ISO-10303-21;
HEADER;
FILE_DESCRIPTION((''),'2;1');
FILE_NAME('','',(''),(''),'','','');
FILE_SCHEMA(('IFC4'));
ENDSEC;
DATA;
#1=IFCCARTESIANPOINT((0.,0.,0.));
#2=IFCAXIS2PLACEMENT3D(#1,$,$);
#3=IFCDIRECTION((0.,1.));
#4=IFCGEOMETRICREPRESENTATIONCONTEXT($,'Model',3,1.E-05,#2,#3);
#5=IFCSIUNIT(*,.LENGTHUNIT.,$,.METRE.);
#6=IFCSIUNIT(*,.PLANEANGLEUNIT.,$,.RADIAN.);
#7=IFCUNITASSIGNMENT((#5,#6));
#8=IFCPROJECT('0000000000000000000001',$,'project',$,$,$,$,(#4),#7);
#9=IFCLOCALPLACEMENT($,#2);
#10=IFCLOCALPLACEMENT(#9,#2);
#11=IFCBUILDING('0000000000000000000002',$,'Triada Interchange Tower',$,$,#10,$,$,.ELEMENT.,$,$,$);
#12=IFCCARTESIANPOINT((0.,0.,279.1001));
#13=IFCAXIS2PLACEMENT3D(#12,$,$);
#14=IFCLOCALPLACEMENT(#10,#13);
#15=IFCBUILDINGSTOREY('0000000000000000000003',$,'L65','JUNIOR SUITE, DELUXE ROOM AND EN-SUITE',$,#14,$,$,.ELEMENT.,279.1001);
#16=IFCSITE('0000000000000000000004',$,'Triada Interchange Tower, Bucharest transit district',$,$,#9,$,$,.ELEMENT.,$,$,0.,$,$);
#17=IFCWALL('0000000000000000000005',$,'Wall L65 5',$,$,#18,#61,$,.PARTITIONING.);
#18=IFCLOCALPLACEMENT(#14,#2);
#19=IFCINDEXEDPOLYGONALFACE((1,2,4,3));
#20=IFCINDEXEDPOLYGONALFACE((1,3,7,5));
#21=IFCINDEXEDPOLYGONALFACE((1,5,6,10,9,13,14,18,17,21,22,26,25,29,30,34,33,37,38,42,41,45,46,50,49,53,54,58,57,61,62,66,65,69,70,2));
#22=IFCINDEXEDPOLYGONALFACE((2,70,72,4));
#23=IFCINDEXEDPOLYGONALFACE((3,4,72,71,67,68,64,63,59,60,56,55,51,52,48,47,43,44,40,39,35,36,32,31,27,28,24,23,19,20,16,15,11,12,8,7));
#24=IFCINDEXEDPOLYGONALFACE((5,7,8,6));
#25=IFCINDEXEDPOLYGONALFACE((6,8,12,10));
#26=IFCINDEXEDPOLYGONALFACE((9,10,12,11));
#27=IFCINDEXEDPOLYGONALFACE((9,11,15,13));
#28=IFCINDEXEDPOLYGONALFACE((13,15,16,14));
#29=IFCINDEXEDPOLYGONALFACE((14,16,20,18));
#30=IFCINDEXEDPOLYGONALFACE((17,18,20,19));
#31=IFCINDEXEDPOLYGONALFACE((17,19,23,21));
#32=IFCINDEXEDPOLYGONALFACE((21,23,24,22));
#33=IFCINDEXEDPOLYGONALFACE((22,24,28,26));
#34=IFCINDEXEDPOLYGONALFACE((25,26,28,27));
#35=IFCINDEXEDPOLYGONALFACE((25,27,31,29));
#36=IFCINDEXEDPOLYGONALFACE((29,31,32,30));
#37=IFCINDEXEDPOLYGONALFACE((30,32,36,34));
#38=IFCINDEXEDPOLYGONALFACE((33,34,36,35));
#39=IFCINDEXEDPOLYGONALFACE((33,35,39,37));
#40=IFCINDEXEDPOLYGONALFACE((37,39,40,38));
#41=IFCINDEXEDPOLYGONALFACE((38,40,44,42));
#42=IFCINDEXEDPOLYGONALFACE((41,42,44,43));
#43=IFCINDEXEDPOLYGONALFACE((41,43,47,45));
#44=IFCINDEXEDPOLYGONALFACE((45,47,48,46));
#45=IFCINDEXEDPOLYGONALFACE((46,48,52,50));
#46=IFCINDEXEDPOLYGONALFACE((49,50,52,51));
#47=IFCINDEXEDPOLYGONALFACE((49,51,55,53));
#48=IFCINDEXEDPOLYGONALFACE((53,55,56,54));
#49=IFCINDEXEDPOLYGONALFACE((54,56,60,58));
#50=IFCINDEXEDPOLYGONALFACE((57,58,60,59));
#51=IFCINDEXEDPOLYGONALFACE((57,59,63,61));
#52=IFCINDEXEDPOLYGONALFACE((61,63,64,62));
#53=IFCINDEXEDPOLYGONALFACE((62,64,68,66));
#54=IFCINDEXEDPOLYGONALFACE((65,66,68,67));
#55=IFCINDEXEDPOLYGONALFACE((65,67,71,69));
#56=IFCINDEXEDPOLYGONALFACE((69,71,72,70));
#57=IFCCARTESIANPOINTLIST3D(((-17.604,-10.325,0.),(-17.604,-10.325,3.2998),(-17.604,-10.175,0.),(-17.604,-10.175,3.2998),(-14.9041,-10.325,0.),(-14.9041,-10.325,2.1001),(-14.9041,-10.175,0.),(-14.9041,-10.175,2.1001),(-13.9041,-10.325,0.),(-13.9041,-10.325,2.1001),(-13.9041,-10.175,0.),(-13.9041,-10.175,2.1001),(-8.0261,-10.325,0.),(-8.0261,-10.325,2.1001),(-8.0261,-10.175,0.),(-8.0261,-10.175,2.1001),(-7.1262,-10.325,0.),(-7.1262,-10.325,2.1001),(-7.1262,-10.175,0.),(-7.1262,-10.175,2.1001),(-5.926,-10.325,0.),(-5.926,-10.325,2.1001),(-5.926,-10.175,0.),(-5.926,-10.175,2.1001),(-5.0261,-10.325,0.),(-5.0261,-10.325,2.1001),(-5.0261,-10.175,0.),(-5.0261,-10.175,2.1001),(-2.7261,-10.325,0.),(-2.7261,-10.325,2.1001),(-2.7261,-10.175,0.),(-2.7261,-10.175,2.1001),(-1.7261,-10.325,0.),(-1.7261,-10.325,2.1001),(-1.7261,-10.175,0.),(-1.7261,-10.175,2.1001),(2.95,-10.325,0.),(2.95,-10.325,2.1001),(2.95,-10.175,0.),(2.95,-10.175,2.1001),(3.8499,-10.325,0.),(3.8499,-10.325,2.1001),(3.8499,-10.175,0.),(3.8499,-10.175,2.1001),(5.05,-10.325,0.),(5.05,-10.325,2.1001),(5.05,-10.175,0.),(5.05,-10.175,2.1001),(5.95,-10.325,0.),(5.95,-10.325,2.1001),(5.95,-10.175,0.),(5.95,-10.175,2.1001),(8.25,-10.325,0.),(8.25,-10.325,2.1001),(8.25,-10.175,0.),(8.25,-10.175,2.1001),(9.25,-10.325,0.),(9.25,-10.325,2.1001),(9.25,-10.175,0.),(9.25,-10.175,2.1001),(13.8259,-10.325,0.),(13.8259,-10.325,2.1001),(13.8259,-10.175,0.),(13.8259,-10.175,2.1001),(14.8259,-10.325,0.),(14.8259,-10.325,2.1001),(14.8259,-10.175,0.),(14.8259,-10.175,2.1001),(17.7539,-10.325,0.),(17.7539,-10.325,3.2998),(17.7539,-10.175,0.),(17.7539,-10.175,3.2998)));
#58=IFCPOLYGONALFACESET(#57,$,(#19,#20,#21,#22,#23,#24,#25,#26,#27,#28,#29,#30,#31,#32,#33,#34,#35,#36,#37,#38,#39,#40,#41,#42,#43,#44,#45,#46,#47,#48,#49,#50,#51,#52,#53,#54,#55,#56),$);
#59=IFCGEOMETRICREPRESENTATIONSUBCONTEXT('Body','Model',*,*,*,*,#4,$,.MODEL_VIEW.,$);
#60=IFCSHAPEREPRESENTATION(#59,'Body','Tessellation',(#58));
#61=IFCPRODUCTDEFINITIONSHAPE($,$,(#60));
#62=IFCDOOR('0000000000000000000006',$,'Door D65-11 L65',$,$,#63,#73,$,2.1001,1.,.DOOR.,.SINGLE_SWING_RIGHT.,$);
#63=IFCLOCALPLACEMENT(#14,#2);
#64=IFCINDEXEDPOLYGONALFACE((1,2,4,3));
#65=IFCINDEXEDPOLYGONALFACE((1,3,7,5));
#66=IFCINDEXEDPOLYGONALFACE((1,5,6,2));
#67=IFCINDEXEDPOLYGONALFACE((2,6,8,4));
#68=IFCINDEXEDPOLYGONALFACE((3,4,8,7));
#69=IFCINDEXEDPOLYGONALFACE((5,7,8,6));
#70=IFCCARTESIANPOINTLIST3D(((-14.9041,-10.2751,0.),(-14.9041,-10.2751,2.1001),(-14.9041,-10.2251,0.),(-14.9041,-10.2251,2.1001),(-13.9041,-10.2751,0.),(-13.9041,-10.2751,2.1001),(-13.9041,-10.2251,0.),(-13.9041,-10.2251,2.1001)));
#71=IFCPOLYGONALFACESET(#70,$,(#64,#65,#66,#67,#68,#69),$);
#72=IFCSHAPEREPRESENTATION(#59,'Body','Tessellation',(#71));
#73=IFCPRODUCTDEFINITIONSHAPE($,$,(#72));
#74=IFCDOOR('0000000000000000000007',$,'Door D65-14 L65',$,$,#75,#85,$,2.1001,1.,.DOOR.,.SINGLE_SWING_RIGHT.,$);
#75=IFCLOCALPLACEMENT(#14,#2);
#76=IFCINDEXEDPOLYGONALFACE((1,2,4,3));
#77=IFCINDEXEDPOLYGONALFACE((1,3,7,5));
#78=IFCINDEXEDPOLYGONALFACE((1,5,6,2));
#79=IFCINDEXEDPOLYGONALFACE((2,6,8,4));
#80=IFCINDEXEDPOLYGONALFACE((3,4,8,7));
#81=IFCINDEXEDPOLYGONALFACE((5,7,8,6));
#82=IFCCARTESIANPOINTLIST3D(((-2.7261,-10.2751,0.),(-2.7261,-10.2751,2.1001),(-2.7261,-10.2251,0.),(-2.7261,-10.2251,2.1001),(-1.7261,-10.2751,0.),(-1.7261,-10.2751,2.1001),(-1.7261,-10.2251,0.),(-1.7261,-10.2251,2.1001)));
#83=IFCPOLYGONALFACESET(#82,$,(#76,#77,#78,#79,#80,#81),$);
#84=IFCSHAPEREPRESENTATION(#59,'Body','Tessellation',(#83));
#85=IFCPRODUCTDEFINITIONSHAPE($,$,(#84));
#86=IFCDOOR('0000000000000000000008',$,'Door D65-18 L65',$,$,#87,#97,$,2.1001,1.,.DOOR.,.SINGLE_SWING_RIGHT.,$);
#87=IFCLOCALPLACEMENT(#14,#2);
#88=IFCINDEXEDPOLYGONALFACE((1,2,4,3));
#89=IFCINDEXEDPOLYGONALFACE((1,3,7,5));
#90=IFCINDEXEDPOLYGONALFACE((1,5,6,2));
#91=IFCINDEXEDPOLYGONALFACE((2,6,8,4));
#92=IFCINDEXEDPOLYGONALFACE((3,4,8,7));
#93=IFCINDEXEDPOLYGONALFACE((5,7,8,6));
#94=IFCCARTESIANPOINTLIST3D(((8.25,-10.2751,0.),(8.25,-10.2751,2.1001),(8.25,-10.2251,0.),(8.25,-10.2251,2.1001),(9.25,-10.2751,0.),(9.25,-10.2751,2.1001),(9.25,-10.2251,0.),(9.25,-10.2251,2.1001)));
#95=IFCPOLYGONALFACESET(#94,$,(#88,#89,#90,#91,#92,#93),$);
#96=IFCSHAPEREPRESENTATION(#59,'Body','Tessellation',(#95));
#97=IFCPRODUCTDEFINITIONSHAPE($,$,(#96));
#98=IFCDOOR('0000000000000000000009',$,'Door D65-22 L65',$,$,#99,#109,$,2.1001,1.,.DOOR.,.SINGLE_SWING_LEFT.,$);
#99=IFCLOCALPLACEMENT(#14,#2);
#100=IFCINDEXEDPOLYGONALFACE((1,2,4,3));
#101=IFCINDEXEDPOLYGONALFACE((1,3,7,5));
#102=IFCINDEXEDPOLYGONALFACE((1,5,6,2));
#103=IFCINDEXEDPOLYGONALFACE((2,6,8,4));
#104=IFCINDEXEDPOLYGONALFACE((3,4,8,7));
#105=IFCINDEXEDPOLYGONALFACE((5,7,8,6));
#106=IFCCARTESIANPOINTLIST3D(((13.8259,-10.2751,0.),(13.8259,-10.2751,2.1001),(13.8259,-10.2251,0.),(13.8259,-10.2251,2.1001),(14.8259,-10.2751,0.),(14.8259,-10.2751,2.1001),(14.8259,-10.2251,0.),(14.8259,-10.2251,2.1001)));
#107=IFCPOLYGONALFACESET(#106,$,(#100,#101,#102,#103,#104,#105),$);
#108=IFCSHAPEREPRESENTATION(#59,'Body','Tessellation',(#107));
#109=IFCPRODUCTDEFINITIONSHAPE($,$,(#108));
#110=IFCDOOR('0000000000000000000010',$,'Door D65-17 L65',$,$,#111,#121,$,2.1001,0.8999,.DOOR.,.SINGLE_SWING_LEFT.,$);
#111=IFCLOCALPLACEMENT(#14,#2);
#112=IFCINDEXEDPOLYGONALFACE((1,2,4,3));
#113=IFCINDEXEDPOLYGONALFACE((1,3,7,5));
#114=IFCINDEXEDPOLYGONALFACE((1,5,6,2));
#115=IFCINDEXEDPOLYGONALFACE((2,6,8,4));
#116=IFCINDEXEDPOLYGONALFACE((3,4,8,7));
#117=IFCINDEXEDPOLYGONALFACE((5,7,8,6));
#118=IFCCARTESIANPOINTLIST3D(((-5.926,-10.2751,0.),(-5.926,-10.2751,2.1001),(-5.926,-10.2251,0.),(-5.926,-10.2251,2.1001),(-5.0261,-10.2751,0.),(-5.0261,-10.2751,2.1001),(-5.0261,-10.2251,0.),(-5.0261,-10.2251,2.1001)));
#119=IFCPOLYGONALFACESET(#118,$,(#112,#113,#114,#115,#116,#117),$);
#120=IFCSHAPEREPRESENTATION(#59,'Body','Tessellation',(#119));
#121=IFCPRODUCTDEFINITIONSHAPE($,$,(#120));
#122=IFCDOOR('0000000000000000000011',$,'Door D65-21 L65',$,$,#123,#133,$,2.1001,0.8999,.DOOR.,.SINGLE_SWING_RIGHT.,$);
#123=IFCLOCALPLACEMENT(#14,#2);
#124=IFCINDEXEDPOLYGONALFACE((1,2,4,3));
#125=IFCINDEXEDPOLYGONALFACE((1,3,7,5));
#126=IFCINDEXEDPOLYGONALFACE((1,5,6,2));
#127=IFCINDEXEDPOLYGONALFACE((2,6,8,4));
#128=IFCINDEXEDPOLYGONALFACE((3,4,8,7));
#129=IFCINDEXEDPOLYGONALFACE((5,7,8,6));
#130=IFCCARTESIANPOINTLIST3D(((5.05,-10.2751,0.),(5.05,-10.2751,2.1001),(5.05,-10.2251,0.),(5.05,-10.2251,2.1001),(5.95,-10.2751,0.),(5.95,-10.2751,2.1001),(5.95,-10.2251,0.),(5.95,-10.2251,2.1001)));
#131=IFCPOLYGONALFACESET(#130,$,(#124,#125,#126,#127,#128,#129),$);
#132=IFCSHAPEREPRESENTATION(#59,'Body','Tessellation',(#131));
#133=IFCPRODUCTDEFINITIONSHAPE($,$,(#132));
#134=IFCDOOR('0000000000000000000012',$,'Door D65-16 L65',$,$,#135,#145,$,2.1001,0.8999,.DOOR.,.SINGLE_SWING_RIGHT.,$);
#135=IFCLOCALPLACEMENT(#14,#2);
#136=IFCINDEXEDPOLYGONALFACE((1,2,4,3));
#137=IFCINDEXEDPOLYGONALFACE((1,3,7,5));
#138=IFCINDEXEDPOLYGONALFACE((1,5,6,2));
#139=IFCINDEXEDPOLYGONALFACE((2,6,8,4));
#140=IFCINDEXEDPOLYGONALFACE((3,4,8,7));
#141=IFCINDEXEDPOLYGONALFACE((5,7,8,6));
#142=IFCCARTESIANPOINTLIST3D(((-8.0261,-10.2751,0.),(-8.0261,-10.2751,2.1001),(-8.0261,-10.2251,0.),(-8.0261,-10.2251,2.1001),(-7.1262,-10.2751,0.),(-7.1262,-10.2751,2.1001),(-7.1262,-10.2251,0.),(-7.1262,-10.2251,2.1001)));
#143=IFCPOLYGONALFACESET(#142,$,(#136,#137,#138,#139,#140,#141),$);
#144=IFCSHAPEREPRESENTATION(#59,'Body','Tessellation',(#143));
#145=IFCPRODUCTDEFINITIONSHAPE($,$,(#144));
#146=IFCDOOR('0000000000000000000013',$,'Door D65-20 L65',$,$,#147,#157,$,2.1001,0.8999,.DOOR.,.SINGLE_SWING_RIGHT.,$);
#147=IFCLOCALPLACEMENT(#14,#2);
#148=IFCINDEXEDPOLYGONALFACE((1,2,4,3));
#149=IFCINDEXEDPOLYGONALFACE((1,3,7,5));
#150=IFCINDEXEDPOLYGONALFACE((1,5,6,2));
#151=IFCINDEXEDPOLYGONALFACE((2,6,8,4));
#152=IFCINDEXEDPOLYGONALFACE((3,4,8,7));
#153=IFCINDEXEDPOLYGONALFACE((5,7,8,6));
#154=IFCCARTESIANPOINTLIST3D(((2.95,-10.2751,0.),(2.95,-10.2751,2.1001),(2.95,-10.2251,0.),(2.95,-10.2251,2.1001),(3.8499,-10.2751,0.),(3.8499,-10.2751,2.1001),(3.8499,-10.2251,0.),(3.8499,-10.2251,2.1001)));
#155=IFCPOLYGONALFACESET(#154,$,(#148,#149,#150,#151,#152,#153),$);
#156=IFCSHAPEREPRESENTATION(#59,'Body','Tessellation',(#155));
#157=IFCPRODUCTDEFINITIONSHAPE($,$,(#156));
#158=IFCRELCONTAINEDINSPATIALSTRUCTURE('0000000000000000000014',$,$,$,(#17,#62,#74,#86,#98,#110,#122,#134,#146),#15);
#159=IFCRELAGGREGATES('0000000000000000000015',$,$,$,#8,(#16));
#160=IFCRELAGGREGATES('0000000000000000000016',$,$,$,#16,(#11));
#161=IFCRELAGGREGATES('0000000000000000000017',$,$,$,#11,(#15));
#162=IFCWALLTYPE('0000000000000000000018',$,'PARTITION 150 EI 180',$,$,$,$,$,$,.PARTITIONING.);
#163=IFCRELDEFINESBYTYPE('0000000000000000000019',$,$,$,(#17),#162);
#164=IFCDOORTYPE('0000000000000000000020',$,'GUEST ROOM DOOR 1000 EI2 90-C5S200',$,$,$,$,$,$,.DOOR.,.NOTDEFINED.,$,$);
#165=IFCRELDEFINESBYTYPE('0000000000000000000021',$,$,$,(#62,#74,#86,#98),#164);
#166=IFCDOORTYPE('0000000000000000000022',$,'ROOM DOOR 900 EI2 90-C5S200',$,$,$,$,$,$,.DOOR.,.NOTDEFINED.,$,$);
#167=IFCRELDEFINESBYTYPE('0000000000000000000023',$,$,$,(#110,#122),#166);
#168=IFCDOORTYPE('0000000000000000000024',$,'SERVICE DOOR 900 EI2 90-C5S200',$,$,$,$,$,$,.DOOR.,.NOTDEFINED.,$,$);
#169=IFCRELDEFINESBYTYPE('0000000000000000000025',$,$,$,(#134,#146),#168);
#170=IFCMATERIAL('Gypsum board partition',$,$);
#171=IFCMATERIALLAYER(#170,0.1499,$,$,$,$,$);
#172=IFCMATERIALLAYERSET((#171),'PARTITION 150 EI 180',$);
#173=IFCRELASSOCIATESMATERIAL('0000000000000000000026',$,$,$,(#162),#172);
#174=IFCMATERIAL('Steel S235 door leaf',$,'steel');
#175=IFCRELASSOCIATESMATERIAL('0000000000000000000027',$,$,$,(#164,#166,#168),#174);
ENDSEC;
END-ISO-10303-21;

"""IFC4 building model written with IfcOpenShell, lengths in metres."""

from ifc_helpers import new_model, si_unit, direction, frame, frame_2d, origin, place, context, subcontext, project, spatial, rectangle, extrude, material, layer, layer_set, type_object, element, fill, save


model = new_model("IFC4")

# Units and contexts
model_context = context("Model", 3, precision=1e-05, world=origin(), true_north=direction((0.0, 1.0)))
body_context = subcontext(model_context, "Body", "Model", "MODEL_VIEW")
ifc_project = project(units=[si_unit("LENGTHUNIT", "METRE"), si_unit("PLANEANGLEUNIT", "RADIAN")], contexts=[model_context])

# Site, building, storey
site_placement = place(None, origin())
site = spatial("IfcSite", under=ifc_project, at=site_placement, Name="Triada Interchange Tower, Bucharest transit district", CompositionType="ELEMENT", RefElevation=0.0)
building_placement = place(site_placement, origin())
building = spatial("IfcBuilding", under=site, at=building_placement, Name="Triada Interchange Tower", CompositionType="ELEMENT")
storey_placement = place(building_placement, frame((0.0, 0.0, 279.1001)))
storey = spatial("IfcBuildingStorey", under=building, at=storey_placement, Name="L65", Description="JUNIOR SUITE, DELUXE ROOM AND EN-SUITE", CompositionType="ELEMENT", Elevation=279.1001)

# Wall, openings, doors
ifc_material_1 = material(Name="Gypsum board partition")
ifc_layer = layer(ifc_material_1, 0.1499)
ifc_layer_set = layer_set([ifc_layer], Name="PARTITION 150 EI 180")
wall_type = type_object("IfcWallType", Name="PARTITION 150 EI 180", PredefinedType="PARTITIONING", material=ifc_layer_set)
ifc_material_2 = material(Name="Steel S235 door leaf", Category="steel")
door_type_1 = type_object("IfcDoorType", Name="GUEST ROOM DOOR 1000 EI2 90-C5S200", OperationType="NOTDEFINED", PredefinedType="DOOR", material=ifc_material_2)
wall_1_placement = place(storey_placement, frame((-17.604, -10.25, 0.0), z_axis=(0.0, 0.0, 1.0), x_axis=(1.0, 0.0, 0.0)))
wall_1 = element("IfcWall", 1, at=wall_1_placement, inside=storey, type_object=wall_type, Name="Wall L65 5", PredefinedType="PARTITIONING", context=body_context, shape_type="SweptSolid", body=[
    extrude(rectangle(XDim=35.3579, YDim=0.1499, at=frame_2d((17.679, 0.0))), origin(), (0.0, 0.0, 1.0), 3.2998),
])
opening_1_placement = place(wall_1_placement, frame((2.7, 0.0, 0.0)))
opening_1 = element("IfcOpeningElement", 2, at=opening_1_placement, cuts=wall_1, PredefinedType="OPENING", context=body_context, shape_type="SweptSolid", body=[
    extrude(rectangle(XDim=1.0, YDim=2.1001, at=frame_2d((0.5, 1.05))), frame((0.0, 0.085, 0.0), z_axis=(0.0, -1.0, 0.0), x_axis=(1.0, 0.0, 0.0)), (0.0, 0.0, 1.0), 0.1699),
])
opening_2_placement = place(wall_1_placement, frame((14.8779, 0.0, 0.0)))
opening_2 = element("IfcOpeningElement", 3, at=opening_2_placement, cuts=wall_1, PredefinedType="OPENING", context=body_context, shape_type="SweptSolid", body=[
    extrude(rectangle(XDim=1.0, YDim=2.1001, at=frame_2d((0.5, 1.05))), frame((0.0, 0.085, 0.0), z_axis=(0.0, -1.0, 0.0), x_axis=(1.0, 0.0, 0.0)), (0.0, 0.0, 1.0), 0.1699),
])
opening_3_placement = place(wall_1_placement, frame((9.5779, 0.0, 0.0)))
opening_3 = element("IfcOpeningElement", 4, at=opening_3_placement, cuts=wall_1, PredefinedType="OPENING", context=body_context, shape_type="SweptSolid", body=[
    extrude(rectangle(XDim=0.8999, YDim=2.1001, at=frame_2d((0.45, 1.05))), frame((0.0, 0.085, 0.0), z_axis=(0.0, -1.0, 0.0), x_axis=(1.0, 0.0, 0.0)), (0.0, 0.0, 1.0), 0.1699),
])
opening_4_placement = place(wall_1_placement, frame((11.678, 0.0, 0.0)))
opening_4 = element("IfcOpeningElement", 5, at=opening_4_placement, cuts=wall_1, PredefinedType="OPENING", context=body_context, shape_type="SweptSolid", body=[
    extrude(rectangle(XDim=0.8999, YDim=2.1001, at=frame_2d((0.45, 1.05))), frame((0.0, 0.085, 0.0), z_axis=(0.0, -1.0, 0.0), x_axis=(1.0, 0.0, 0.0)), (0.0, 0.0, 1.0), 0.1699),
])
opening_5_placement = place(wall_1_placement, frame((25.854, 0.0, 0.0)))
opening_5 = element("IfcOpeningElement", 6, at=opening_5_placement, cuts=wall_1, PredefinedType="OPENING", context=body_context, shape_type="SweptSolid", body=[
    extrude(rectangle(XDim=1.0, YDim=2.1001, at=frame_2d((0.5, 1.05))), frame((0.0, 0.085, 0.0), z_axis=(0.0, -1.0, 0.0), x_axis=(1.0, 0.0, 0.0)), (0.0, 0.0, 1.0), 0.1699),
])
opening_6_placement = place(wall_1_placement, frame((20.554, 0.0, 0.0)))
opening_6 = element("IfcOpeningElement", 7, at=opening_6_placement, cuts=wall_1, PredefinedType="OPENING", context=body_context, shape_type="SweptSolid", body=[
    extrude(rectangle(XDim=0.8999, YDim=2.1001, at=frame_2d((0.45, 1.05))), frame((0.0, 0.085, 0.0), z_axis=(0.0, -1.0, 0.0), x_axis=(1.0, 0.0, 0.0)), (0.0, 0.0, 1.0), 0.1699),
])
opening_7_placement = place(wall_1_placement, frame((22.6541, 0.0, 0.0)))
opening_7 = element("IfcOpeningElement", 8, at=opening_7_placement, cuts=wall_1, PredefinedType="OPENING", context=body_context, shape_type="SweptSolid", body=[
    extrude(rectangle(XDim=0.8999, YDim=2.1001, at=frame_2d((0.45, 1.05))), frame((0.0, 0.085, 0.0), z_axis=(0.0, -1.0, 0.0), x_axis=(1.0, 0.0, 0.0)), (0.0, 0.0, 1.0), 0.1699),
])
opening_8_placement = place(wall_1_placement, frame((31.4299, 0.0, 0.0)))
opening_8 = element("IfcOpeningElement", 9, at=opening_8_placement, cuts=wall_1, PredefinedType="OPENING", context=body_context, shape_type="SweptSolid", body=[
    extrude(rectangle(XDim=1.0, YDim=2.1001, at=frame_2d((0.5, 1.05))), frame((0.0, 0.085, 0.0), z_axis=(0.0, -1.0, 0.0), x_axis=(1.0, 0.0, 0.0)), (0.0, 0.0, 1.0), 0.1699),
])
door_1_placement = place(opening_1_placement, origin())
door_1 = element("IfcDoor", 10, at=door_1_placement, inside=storey, type_object=door_type_1, Name="Door D65-11 L65", OperationType="SINGLE_SWING_RIGHT", OverallHeight=2.1001, OverallWidth=1.0, PredefinedType="DOOR", context=body_context, shape_type="SweptSolid", body=[
    extrude(rectangle(XDim=1.0, YDim=2.1001, at=frame_2d((0.5, 1.05))), frame((0.0, 0.0249, 0.0), z_axis=(0.0, -1.0, 0.0), x_axis=(1.0, 0.0, 0.0)), (0.0, 0.0, 1.0), 0.05),
])
fill(opening_1, door_1)
door_2_placement = place(opening_2_placement, origin())
door_2 = element("IfcDoor", 11, at=door_2_placement, inside=storey, type_object=door_type_1, Name="Door D65-14 L65", OperationType="SINGLE_SWING_RIGHT", OverallHeight=2.1001, OverallWidth=1.0, PredefinedType="DOOR", context=body_context, shape_type="SweptSolid", body=[
    extrude(rectangle(XDim=1.0, YDim=2.1001, at=frame_2d((0.5, 1.05))), frame((0.0, 0.0249, 0.0), z_axis=(0.0, -1.0, 0.0), x_axis=(1.0, 0.0, 0.0)), (0.0, 0.0, 1.0), 0.05),
])
fill(opening_2, door_2)
door_3_placement = place(opening_5_placement, origin())
door_3 = element("IfcDoor", 12, at=door_3_placement, inside=storey, type_object=door_type_1, Name="Door D65-18 L65", OperationType="SINGLE_SWING_RIGHT", OverallHeight=2.1001, OverallWidth=1.0, PredefinedType="DOOR", context=body_context, shape_type="SweptSolid", body=[
    extrude(rectangle(XDim=1.0, YDim=2.1001, at=frame_2d((0.5, 1.05))), frame((0.0, 0.0249, 0.0), z_axis=(0.0, -1.0, 0.0), x_axis=(1.0, 0.0, 0.0)), (0.0, 0.0, 1.0), 0.05),
])
fill(opening_5, door_3)
door_4_placement = place(opening_8_placement, origin())
door_4 = element("IfcDoor", 13, at=door_4_placement, inside=storey, type_object=door_type_1, Name="Door D65-22 L65", OperationType="SINGLE_SWING_LEFT", OverallHeight=2.1001, OverallWidth=1.0, PredefinedType="DOOR", context=body_context, shape_type="SweptSolid", body=[
    extrude(rectangle(XDim=1.0, YDim=2.1001, at=frame_2d((0.5, 1.05))), frame((0.0, 0.0249, 0.0), z_axis=(0.0, -1.0, 0.0), x_axis=(1.0, 0.0, 0.0)), (0.0, 0.0, 1.0), 0.05),
])
fill(opening_8, door_4)
door_type_2 = type_object("IfcDoorType", Name="ROOM DOOR 900 EI2 90-C5S200", OperationType="NOTDEFINED", PredefinedType="DOOR", material=ifc_material_2)
door_5_placement = place(opening_4_placement, origin())
door_5 = element("IfcDoor", 14, at=door_5_placement, inside=storey, type_object=door_type_2, Name="Door D65-17 L65", OperationType="SINGLE_SWING_LEFT", OverallHeight=2.1001, OverallWidth=0.8999, PredefinedType="DOOR", context=body_context, shape_type="SweptSolid", body=[
    extrude(rectangle(XDim=0.8999, YDim=2.1001, at=frame_2d((0.45, 1.05))), frame((0.0, 0.0249, 0.0), z_axis=(0.0, -1.0, 0.0), x_axis=(1.0, 0.0, 0.0)), (0.0, 0.0, 1.0), 0.05),
])
fill(opening_4, door_5)
door_6_placement = place(opening_7_placement, origin())
door_6 = element("IfcDoor", 15, at=door_6_placement, inside=storey, type_object=door_type_2, Name="Door D65-21 L65", OperationType="SINGLE_SWING_RIGHT", OverallHeight=2.1001, OverallWidth=0.8999, PredefinedType="DOOR", context=body_context, shape_type="SweptSolid", body=[
    extrude(rectangle(XDim=0.8999, YDim=2.1001, at=frame_2d((0.45, 1.05))), frame((0.0, 0.0249, 0.0), z_axis=(0.0, -1.0, 0.0), x_axis=(1.0, 0.0, 0.0)), (0.0, 0.0, 1.0), 0.05),
])
fill(opening_7, door_6)
door_type_3 = type_object("IfcDoorType", Name="SERVICE DOOR 900 EI2 90-C5S200", OperationType="NOTDEFINED", PredefinedType="DOOR", material=ifc_material_2)
door_7_placement = place(opening_3_placement, origin())
door_7 = element("IfcDoor", 16, at=door_7_placement, inside=storey, type_object=door_type_3, Name="Door D65-16 L65", OperationType="SINGLE_SWING_RIGHT", OverallHeight=2.1001, OverallWidth=0.8999, PredefinedType="DOOR", context=body_context, shape_type="SweptSolid", body=[
    extrude(rectangle(XDim=0.8999, YDim=2.1001, at=frame_2d((0.45, 1.05))), frame((0.0, 0.0249, 0.0), z_axis=(0.0, -1.0, 0.0), x_axis=(1.0, 0.0, 0.0)), (0.0, 0.0, 1.0), 0.05),
])
fill(opening_3, door_7)
door_8_placement = place(opening_6_placement, origin())
door_8 = element("IfcDoor", 17, at=door_8_placement, inside=storey, type_object=door_type_3, Name="Door D65-20 L65", OperationType="SINGLE_SWING_RIGHT", OverallHeight=2.1001, OverallWidth=0.8999, PredefinedType="DOOR", context=body_context, shape_type="SweptSolid", body=[
    extrude(rectangle(XDim=0.8999, YDim=2.1001, at=frame_2d((0.45, 1.05))), frame((0.0, 0.0249, 0.0), z_axis=(0.0, -1.0, 0.0), x_axis=(1.0, 0.0, 0.0)), (0.0, 0.0, 1.0), 0.05),
])
fill(opening_6, door_8)

save(model, "model.ifc")
